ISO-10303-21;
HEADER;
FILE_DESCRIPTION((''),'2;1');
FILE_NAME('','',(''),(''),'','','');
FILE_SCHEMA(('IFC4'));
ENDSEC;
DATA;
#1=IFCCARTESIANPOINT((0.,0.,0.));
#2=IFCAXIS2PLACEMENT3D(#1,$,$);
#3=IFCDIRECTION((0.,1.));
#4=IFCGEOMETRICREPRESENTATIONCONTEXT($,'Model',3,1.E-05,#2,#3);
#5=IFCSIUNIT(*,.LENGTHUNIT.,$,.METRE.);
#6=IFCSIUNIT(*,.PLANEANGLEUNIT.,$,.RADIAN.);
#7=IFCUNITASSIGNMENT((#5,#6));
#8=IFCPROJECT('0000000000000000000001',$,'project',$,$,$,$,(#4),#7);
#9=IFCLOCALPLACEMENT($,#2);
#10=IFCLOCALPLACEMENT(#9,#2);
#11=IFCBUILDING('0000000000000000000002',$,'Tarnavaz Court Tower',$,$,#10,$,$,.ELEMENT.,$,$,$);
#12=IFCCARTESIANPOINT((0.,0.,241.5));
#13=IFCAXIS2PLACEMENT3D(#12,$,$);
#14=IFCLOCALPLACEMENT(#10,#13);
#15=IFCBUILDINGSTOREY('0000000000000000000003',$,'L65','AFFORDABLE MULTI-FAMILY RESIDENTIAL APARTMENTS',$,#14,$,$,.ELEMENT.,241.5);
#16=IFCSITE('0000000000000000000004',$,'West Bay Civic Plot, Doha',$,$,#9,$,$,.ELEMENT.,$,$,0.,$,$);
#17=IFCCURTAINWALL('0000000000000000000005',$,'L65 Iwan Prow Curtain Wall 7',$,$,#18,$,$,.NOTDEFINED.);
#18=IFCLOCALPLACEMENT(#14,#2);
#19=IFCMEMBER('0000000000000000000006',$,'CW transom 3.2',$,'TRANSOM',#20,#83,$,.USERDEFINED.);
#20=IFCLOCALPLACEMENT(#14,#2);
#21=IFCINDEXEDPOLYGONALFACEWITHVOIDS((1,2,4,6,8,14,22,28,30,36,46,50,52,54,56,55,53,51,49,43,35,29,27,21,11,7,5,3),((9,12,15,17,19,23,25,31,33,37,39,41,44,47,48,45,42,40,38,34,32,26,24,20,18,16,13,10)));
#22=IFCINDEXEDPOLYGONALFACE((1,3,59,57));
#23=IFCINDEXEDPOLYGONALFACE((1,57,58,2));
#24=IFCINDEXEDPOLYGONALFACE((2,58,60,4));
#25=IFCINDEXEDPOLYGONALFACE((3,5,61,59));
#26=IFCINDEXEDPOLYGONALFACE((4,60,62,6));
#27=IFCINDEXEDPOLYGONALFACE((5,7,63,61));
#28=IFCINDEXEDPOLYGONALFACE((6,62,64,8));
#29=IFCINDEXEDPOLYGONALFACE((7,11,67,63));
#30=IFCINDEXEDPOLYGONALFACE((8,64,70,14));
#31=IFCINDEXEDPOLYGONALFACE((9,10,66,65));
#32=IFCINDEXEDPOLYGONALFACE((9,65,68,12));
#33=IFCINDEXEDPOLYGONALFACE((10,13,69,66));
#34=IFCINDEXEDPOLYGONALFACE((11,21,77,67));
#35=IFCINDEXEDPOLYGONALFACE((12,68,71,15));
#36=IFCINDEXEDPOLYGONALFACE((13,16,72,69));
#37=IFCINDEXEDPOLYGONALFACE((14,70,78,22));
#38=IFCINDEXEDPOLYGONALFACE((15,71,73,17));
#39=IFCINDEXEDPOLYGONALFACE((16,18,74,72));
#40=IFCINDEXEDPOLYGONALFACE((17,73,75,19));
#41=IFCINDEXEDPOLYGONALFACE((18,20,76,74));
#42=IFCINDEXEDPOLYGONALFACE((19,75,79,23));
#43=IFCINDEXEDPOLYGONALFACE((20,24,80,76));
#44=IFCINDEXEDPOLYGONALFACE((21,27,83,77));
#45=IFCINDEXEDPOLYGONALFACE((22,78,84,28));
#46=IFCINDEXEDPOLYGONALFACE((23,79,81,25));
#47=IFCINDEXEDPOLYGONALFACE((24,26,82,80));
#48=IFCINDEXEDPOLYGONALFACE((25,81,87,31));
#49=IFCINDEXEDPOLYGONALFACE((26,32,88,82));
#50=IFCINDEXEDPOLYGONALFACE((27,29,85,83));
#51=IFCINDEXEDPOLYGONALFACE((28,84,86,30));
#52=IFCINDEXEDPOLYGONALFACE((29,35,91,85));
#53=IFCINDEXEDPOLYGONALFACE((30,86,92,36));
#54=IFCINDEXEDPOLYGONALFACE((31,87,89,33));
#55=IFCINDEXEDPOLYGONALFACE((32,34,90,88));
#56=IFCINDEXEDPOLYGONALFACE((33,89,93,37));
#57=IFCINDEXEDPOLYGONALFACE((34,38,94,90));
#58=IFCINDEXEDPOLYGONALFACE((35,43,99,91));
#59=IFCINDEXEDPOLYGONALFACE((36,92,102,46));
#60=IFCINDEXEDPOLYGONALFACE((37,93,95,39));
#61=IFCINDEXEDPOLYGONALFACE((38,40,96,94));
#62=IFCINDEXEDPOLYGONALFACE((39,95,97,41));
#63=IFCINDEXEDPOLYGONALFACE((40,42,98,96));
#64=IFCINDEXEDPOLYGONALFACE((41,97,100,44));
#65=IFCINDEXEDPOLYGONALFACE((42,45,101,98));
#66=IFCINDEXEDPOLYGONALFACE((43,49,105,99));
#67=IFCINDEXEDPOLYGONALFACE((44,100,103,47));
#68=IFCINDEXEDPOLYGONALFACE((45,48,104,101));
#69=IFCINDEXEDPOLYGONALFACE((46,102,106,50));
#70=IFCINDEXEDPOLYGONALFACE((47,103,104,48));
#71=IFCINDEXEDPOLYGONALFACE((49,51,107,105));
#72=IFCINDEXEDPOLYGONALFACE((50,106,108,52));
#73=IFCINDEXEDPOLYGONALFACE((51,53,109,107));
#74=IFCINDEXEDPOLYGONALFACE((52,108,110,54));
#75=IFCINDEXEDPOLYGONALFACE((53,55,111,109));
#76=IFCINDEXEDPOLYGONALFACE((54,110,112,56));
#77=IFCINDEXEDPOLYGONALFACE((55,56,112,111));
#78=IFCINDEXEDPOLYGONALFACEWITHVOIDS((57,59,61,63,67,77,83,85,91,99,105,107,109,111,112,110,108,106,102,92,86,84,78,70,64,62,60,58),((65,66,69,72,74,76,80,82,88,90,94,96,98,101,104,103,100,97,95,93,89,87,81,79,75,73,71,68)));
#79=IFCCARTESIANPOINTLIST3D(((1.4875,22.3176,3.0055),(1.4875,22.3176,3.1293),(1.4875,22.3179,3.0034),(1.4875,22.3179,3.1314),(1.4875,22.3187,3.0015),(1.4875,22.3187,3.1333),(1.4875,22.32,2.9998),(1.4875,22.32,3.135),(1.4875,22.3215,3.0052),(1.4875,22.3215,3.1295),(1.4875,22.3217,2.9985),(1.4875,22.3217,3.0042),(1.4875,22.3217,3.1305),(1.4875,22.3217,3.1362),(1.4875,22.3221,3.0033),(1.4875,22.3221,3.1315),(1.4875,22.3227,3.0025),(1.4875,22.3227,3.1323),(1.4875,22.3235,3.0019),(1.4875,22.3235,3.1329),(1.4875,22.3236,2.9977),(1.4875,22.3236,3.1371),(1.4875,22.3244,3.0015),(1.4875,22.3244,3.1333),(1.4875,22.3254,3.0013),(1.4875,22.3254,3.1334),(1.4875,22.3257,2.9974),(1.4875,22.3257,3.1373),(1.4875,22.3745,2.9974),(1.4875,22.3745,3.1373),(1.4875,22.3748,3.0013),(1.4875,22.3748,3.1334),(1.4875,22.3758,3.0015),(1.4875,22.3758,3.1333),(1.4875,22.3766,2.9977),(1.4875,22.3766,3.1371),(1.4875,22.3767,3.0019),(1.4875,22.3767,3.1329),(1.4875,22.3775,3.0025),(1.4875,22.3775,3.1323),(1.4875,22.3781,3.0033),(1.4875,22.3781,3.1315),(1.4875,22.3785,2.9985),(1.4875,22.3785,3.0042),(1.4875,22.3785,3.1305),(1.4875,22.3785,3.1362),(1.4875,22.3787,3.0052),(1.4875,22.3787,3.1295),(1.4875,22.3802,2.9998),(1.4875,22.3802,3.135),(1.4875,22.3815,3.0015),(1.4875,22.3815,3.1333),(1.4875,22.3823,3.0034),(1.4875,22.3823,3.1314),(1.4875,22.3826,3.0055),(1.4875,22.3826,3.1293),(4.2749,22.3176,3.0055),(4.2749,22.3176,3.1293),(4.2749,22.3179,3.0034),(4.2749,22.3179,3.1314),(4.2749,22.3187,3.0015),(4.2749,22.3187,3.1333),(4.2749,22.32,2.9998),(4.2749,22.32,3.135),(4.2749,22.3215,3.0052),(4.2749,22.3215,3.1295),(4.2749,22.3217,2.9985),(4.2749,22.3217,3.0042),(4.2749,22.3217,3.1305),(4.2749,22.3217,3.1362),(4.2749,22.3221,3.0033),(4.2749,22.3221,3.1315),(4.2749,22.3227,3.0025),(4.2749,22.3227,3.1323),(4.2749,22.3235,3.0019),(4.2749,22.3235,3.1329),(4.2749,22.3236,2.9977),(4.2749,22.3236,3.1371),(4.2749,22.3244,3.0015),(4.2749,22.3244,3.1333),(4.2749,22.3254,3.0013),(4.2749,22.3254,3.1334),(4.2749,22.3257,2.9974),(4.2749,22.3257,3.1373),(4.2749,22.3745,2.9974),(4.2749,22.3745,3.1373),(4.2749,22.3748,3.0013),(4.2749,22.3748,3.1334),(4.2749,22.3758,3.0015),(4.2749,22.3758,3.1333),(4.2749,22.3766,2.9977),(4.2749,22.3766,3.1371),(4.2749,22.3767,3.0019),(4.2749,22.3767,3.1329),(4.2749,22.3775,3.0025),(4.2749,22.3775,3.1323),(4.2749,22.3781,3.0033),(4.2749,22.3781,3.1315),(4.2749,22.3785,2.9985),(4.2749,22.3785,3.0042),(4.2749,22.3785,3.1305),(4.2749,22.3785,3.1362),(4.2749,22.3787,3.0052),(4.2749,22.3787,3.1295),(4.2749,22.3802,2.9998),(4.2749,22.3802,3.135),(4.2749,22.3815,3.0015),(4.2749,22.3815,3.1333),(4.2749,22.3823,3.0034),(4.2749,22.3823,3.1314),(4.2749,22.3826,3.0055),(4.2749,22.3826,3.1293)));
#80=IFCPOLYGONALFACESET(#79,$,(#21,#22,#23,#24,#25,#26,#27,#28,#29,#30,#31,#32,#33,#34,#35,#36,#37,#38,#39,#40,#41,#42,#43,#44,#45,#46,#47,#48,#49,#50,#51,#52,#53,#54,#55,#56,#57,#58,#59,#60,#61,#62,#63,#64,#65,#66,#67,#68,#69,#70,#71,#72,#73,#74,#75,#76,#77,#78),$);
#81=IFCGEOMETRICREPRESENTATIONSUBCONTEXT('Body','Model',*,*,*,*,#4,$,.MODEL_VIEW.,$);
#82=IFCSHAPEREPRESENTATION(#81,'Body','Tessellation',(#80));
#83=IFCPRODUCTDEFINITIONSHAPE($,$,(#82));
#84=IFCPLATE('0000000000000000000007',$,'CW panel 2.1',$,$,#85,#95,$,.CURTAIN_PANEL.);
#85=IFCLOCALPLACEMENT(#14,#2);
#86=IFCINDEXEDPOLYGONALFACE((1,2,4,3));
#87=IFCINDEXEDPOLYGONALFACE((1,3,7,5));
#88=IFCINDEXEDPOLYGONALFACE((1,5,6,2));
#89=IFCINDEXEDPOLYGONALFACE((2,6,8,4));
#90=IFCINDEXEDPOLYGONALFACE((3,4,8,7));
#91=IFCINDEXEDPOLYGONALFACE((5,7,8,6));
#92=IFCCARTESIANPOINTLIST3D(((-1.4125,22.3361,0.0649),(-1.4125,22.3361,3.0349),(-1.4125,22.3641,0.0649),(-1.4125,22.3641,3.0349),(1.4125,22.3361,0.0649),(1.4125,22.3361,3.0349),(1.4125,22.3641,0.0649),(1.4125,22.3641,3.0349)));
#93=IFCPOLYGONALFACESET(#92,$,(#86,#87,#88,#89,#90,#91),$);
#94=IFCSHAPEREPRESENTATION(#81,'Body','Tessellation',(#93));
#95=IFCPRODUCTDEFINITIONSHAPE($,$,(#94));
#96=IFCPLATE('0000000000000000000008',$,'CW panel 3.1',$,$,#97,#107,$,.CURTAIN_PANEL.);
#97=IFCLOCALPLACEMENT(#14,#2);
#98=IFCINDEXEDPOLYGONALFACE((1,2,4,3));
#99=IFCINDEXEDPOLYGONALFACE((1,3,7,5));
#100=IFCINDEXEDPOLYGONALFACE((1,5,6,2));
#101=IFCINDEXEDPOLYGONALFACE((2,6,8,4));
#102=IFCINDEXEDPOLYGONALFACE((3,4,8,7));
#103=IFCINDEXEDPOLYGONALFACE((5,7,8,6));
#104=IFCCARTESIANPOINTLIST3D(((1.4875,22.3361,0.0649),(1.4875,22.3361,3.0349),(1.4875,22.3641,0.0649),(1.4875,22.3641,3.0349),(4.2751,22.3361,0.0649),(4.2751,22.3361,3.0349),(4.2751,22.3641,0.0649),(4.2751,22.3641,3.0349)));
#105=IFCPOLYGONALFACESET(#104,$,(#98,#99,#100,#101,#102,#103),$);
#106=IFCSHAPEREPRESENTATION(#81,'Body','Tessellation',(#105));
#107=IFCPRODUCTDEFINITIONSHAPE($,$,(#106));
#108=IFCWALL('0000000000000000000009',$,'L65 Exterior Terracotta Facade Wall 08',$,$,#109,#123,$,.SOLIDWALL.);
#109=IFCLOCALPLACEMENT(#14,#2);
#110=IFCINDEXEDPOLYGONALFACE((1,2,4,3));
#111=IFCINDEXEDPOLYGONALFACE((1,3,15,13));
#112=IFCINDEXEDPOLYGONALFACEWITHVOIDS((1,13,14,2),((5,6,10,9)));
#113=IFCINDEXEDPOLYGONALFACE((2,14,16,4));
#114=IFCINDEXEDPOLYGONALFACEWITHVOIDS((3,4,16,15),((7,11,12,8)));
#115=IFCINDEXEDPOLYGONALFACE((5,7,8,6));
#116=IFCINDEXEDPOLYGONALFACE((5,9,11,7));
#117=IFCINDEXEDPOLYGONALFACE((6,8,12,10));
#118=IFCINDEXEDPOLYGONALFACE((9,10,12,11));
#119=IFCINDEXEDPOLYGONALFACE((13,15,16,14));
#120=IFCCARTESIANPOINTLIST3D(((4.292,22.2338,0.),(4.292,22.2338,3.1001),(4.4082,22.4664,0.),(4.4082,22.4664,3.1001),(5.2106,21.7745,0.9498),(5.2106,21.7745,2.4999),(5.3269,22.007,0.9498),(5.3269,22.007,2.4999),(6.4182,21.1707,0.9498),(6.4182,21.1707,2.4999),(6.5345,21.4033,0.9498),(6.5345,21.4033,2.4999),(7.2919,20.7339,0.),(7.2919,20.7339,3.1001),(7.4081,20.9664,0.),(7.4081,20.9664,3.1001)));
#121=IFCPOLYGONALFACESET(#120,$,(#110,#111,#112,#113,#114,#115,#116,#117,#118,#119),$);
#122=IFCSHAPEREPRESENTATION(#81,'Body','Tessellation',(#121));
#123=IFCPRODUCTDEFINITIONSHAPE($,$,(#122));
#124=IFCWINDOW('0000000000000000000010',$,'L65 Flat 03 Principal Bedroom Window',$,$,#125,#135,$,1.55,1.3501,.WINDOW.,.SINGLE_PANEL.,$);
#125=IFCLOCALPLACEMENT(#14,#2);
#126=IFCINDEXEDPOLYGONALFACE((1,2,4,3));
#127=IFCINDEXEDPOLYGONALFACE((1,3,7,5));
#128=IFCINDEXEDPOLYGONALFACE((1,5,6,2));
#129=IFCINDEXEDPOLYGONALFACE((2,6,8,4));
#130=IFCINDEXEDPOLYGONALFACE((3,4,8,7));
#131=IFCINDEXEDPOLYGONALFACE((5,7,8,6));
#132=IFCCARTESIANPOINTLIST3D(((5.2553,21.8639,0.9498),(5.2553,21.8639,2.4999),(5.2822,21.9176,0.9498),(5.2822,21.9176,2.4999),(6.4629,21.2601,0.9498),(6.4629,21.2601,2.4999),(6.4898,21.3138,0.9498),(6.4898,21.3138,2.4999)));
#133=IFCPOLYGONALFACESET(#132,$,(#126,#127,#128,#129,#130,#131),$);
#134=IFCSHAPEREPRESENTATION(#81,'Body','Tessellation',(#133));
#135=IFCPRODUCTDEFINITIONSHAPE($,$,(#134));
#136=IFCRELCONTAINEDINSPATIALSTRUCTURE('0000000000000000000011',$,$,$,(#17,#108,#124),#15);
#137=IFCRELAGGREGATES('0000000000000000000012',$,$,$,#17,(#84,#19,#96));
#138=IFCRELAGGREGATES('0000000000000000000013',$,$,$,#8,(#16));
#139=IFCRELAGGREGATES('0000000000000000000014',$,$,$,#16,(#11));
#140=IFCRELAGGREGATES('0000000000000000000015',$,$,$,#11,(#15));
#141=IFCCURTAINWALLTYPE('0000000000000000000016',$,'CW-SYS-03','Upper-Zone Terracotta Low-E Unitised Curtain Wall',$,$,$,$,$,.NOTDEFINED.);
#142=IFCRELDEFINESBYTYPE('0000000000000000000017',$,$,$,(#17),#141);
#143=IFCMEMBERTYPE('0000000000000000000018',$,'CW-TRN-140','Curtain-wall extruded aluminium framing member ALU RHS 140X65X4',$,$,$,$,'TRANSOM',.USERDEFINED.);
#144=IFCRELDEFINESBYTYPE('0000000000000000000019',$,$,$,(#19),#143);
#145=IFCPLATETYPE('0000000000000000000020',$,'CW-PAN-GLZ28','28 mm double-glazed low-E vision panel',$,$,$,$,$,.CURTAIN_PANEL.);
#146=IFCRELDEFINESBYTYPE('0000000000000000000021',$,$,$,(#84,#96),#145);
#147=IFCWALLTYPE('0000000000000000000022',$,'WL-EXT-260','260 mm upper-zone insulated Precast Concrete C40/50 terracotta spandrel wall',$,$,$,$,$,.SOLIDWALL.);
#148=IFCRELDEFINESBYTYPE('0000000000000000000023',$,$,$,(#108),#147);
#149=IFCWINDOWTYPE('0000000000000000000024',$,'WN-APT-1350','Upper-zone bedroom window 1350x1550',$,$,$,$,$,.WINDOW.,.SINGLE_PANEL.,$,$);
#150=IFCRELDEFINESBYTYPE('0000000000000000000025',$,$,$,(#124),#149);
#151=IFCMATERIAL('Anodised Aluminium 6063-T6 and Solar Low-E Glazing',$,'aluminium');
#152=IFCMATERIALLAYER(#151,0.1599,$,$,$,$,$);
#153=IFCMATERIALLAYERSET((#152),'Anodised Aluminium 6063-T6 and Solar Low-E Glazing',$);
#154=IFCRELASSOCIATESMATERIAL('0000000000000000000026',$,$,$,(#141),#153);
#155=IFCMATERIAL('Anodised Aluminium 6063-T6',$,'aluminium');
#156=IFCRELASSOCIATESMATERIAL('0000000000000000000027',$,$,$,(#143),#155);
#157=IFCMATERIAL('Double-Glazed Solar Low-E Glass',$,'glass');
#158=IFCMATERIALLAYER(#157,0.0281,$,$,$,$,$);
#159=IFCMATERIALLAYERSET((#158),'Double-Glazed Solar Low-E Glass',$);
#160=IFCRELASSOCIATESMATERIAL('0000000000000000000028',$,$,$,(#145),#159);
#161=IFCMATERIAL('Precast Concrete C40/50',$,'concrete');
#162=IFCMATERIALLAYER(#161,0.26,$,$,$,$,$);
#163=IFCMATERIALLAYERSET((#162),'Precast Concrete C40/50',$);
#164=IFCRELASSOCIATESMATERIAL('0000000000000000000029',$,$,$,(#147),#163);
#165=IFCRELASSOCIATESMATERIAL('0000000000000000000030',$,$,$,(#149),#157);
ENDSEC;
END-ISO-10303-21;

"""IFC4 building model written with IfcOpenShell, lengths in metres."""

from ifc_helpers import new_model, si_unit, direction, frame, frame_2d, origin, origin_2d, place, context, subcontext, project, spatial, rectangle, hollow_rectangle, extrude, material, layer, layer_set, material_profile, profile_set, type_object, element, fill, aggregate, save


model = new_model("IFC4")

# Units and contexts
model_context = context("Model", 3, precision=1e-05, world=origin(), true_north=direction((0.0, 1.0)))
body_context = subcontext(model_context, "Body", "Model", "MODEL_VIEW")
ifc_project = project(units=[si_unit("LENGTHUNIT", "METRE"), si_unit("PLANEANGLEUNIT", "RADIAN")], contexts=[model_context])

# Site, building, storey
site_placement = place(None, origin())
site = spatial("IfcSite", under=ifc_project, at=site_placement, Name="West Bay Civic Plot, Doha", CompositionType="ELEMENT", RefElevation=0.0)
building_placement = place(site_placement, origin())
building = spatial("IfcBuilding", under=site, at=building_placement, Name="Tarnavaz Court Tower", CompositionType="ELEMENT")
storey_placement = place(building_placement, frame((0.0, 0.0, 241.5)))
storey = spatial("IfcBuildingStorey", under=building, at=storey_placement, Name="L65", Description="AFFORDABLE MULTI-FAMILY RESIDENTIAL APARTMENTS", CompositionType="ELEMENT", Elevation=241.5)

# Curtain wall, member, plates
ifc_material_1 = material(Name="Anodised Aluminium 6063-T6 and Solar Low-E Glazing", Category="aluminium")
ifc_layer_1 = layer(ifc_material_1, 0.1599)
ifc_layer_set_1 = layer_set([ifc_layer_1], Name="Anodised Aluminium 6063-T6 and Solar Low-E Glazing")
curtain_wall_type = type_object("IfcCurtainWallType", Name="CW-SYS-03", Description="Upper-Zone Terracotta Low-E Unitised Curtain Wall", PredefinedType="NOTDEFINED", material=ifc_layer_set_1)
curtain_wall_placement = place(storey_placement, origin())
curtain_wall = element("IfcCurtainWall", 1, at=curtain_wall_placement, inside=storey, type_object=curtain_wall_type, Name="L65 Iwan Prow Curtain Wall 7", PredefinedType="NOTDEFINED")
ifc_material_2 = material(Name="Anodised Aluminium 6063-T6", Category="aluminium")
ifc_material_profile_1 = material_profile(ifc_material_2, hollow_rectangle(XDim=0.0649, YDim=0.1399, WallThickness=0.0039, InnerFilletRadius=0.0039, OuterFilletRadius=0.0081, at=origin_2d()), Name="ALU RHS 140X65X4")
ifc_profile_set_1 = profile_set([ifc_material_profile_1], Name="Anodised Aluminium 6063-T6")
member_type_1 = type_object("IfcMemberType", Name="CW-TRN-140", Description="Curtain-wall extruded aluminium framing member ALU RHS 140X65X4", ElementType="TRANSOM", PredefinedType="USERDEFINED", material=ifc_profile_set_1)
member_1_placement = place(storey_placement, frame((1.4875, 22.3501, 3.0674), z_axis=(1.0, 0.0, 0.0), x_axis=(0.0, 1.0, 0.0)))
member_1 = element("IfcMember", 2, at=member_1_placement, type_object=member_type_1, Name="CW transom 3.2", ObjectType="TRANSOM", PredefinedType="USERDEFINED", context=body_context, shape_type="SweptSolid", body=[
    extrude(hollow_rectangle(XDim=0.0649, YDim=0.1399, WallThickness=0.0039, InnerFilletRadius=0.0039, OuterFilletRadius=0.0081, at=origin_2d()), origin(), (0.0, 0.0, 1.0), 2.7874),
])
ifc_material_3 = material(Name="Double-Glazed Solar Low-E Glass", Category="glass")
ifc_layer_2 = layer(ifc_material_3, 0.0281)
ifc_layer_set_2 = layer_set([ifc_layer_2], Name="Double-Glazed Solar Low-E Glass")
plate_type = type_object("IfcPlateType", Name="CW-PAN-GLZ28", Description="28 mm double-glazed low-E vision panel", PredefinedType="CURTAIN_PANEL", material=ifc_layer_set_2)
plate_1_placement = place(storey_placement, frame((0.0, 22.3501, 0.0649), z_axis=(0.0, 0.0, 1.0), x_axis=(1.0, 0.0, 0.0)))
plate_1 = element("IfcPlate", 3, at=plate_1_placement, type_object=plate_type, Name="CW panel 2.1", PredefinedType="CURTAIN_PANEL", context=body_context, shape_type="SweptSolid", body=[
    extrude(rectangle(XDim=2.825, YDim=0.0281, at=origin_2d()), origin(), (0.0, 0.0, 1.0), 2.97),
])
plate_2_placement = place(storey_placement, frame((2.8813, 22.3501, 0.0649), z_axis=(0.0, 0.0, 1.0), x_axis=(1.0, 0.0, 0.0)))
plate_2 = element("IfcPlate", 4, at=plate_2_placement, type_object=plate_type, Name="CW panel 3.1", PredefinedType="CURTAIN_PANEL", context=body_context, shape_type="SweptSolid", body=[
    extrude(rectangle(XDim=2.7876, YDim=0.0281, at=origin_2d()), origin(), (0.0, 0.0, 1.0), 2.97),
])
aggregate(curtain_wall, [plate_1, member_1, plate_2])

# Wall, opening, window
ifc_material_4 = material(Name="Precast Concrete C40/50", Category="concrete")
ifc_layer_3 = layer(ifc_material_4, 0.26)
ifc_layer_set_3 = layer_set([ifc_layer_3], Name="Precast Concrete C40/50")
wall_type_1 = type_object("IfcWallType", Name="WL-EXT-260", Description="260 mm upper-zone insulated Precast Concrete C40/50 terracotta spandrel wall", PredefinedType="SOLIDWALL", material=ifc_layer_set_3)
wall_1_placement = place(storey_placement, frame((4.3501, 22.3501, 0.0), z_axis=(0.0, 0.0, 1.0), x_axis=(0.894427, -0.447214, 0.0)))
wall_1 = element("IfcWall", 5, at=wall_1_placement, inside=storey, type_object=wall_type_1, Name="L65 Exterior Terracotta Facade Wall 08", PredefinedType="SOLIDWALL", context=body_context, shape_type="SweptSolid", body=[
    extrude(rectangle(XDim=3.354, YDim=0.26, at=frame_2d((1.677, 0.0))), origin(), (0.0, 0.0, 1.0), 3.1001),
])
opening_1_placement = place(wall_1_placement, frame((1.0271, 0.0, 0.95)))
opening_1 = element("IfcOpeningElement", 6, at=opening_1_placement, cuts=wall_1, PredefinedType="OPENING", context=body_context, shape_type="SweptSolid", body=[
    extrude(rectangle(XDim=1.3501, YDim=1.55, at=frame_2d((0.675, 0.7749))), frame((0.0, 0.1399, 0.0), z_axis=(0.0, -1.0, 0.0), x_axis=(1.0, 0.0, 0.0)), (0.0, 0.0, 1.0), 0.28),
])
window_type_1 = type_object("IfcWindowType", Name="WN-APT-1350", Description="Upper-zone bedroom window 1350x1550", PartitioningType="SINGLE_PANEL", PredefinedType="WINDOW", material=ifc_material_3)
window_1_placement = place(opening_1_placement, origin())
window_1 = element("IfcWindow", 7, at=window_1_placement, inside=storey, type_object=window_type_1, Name="L65 Flat 03 Principal Bedroom Window", OverallHeight=1.55, OverallWidth=1.3501, PartitioningType="SINGLE_PANEL", PredefinedType="WINDOW", context=body_context, shape_type="SweptSolid", body=[
    extrude(rectangle(XDim=1.3501, YDim=1.55, at=frame_2d((0.675, 0.7749))), frame((0.0, 0.03, 0.0), z_axis=(0.0, -1.0, 0.0), x_axis=(1.0, 0.0, 0.0)), (0.0, 0.0, 1.0), 0.0601),
])
fill(opening_1, window_1)

save(model, "model.ifc")
